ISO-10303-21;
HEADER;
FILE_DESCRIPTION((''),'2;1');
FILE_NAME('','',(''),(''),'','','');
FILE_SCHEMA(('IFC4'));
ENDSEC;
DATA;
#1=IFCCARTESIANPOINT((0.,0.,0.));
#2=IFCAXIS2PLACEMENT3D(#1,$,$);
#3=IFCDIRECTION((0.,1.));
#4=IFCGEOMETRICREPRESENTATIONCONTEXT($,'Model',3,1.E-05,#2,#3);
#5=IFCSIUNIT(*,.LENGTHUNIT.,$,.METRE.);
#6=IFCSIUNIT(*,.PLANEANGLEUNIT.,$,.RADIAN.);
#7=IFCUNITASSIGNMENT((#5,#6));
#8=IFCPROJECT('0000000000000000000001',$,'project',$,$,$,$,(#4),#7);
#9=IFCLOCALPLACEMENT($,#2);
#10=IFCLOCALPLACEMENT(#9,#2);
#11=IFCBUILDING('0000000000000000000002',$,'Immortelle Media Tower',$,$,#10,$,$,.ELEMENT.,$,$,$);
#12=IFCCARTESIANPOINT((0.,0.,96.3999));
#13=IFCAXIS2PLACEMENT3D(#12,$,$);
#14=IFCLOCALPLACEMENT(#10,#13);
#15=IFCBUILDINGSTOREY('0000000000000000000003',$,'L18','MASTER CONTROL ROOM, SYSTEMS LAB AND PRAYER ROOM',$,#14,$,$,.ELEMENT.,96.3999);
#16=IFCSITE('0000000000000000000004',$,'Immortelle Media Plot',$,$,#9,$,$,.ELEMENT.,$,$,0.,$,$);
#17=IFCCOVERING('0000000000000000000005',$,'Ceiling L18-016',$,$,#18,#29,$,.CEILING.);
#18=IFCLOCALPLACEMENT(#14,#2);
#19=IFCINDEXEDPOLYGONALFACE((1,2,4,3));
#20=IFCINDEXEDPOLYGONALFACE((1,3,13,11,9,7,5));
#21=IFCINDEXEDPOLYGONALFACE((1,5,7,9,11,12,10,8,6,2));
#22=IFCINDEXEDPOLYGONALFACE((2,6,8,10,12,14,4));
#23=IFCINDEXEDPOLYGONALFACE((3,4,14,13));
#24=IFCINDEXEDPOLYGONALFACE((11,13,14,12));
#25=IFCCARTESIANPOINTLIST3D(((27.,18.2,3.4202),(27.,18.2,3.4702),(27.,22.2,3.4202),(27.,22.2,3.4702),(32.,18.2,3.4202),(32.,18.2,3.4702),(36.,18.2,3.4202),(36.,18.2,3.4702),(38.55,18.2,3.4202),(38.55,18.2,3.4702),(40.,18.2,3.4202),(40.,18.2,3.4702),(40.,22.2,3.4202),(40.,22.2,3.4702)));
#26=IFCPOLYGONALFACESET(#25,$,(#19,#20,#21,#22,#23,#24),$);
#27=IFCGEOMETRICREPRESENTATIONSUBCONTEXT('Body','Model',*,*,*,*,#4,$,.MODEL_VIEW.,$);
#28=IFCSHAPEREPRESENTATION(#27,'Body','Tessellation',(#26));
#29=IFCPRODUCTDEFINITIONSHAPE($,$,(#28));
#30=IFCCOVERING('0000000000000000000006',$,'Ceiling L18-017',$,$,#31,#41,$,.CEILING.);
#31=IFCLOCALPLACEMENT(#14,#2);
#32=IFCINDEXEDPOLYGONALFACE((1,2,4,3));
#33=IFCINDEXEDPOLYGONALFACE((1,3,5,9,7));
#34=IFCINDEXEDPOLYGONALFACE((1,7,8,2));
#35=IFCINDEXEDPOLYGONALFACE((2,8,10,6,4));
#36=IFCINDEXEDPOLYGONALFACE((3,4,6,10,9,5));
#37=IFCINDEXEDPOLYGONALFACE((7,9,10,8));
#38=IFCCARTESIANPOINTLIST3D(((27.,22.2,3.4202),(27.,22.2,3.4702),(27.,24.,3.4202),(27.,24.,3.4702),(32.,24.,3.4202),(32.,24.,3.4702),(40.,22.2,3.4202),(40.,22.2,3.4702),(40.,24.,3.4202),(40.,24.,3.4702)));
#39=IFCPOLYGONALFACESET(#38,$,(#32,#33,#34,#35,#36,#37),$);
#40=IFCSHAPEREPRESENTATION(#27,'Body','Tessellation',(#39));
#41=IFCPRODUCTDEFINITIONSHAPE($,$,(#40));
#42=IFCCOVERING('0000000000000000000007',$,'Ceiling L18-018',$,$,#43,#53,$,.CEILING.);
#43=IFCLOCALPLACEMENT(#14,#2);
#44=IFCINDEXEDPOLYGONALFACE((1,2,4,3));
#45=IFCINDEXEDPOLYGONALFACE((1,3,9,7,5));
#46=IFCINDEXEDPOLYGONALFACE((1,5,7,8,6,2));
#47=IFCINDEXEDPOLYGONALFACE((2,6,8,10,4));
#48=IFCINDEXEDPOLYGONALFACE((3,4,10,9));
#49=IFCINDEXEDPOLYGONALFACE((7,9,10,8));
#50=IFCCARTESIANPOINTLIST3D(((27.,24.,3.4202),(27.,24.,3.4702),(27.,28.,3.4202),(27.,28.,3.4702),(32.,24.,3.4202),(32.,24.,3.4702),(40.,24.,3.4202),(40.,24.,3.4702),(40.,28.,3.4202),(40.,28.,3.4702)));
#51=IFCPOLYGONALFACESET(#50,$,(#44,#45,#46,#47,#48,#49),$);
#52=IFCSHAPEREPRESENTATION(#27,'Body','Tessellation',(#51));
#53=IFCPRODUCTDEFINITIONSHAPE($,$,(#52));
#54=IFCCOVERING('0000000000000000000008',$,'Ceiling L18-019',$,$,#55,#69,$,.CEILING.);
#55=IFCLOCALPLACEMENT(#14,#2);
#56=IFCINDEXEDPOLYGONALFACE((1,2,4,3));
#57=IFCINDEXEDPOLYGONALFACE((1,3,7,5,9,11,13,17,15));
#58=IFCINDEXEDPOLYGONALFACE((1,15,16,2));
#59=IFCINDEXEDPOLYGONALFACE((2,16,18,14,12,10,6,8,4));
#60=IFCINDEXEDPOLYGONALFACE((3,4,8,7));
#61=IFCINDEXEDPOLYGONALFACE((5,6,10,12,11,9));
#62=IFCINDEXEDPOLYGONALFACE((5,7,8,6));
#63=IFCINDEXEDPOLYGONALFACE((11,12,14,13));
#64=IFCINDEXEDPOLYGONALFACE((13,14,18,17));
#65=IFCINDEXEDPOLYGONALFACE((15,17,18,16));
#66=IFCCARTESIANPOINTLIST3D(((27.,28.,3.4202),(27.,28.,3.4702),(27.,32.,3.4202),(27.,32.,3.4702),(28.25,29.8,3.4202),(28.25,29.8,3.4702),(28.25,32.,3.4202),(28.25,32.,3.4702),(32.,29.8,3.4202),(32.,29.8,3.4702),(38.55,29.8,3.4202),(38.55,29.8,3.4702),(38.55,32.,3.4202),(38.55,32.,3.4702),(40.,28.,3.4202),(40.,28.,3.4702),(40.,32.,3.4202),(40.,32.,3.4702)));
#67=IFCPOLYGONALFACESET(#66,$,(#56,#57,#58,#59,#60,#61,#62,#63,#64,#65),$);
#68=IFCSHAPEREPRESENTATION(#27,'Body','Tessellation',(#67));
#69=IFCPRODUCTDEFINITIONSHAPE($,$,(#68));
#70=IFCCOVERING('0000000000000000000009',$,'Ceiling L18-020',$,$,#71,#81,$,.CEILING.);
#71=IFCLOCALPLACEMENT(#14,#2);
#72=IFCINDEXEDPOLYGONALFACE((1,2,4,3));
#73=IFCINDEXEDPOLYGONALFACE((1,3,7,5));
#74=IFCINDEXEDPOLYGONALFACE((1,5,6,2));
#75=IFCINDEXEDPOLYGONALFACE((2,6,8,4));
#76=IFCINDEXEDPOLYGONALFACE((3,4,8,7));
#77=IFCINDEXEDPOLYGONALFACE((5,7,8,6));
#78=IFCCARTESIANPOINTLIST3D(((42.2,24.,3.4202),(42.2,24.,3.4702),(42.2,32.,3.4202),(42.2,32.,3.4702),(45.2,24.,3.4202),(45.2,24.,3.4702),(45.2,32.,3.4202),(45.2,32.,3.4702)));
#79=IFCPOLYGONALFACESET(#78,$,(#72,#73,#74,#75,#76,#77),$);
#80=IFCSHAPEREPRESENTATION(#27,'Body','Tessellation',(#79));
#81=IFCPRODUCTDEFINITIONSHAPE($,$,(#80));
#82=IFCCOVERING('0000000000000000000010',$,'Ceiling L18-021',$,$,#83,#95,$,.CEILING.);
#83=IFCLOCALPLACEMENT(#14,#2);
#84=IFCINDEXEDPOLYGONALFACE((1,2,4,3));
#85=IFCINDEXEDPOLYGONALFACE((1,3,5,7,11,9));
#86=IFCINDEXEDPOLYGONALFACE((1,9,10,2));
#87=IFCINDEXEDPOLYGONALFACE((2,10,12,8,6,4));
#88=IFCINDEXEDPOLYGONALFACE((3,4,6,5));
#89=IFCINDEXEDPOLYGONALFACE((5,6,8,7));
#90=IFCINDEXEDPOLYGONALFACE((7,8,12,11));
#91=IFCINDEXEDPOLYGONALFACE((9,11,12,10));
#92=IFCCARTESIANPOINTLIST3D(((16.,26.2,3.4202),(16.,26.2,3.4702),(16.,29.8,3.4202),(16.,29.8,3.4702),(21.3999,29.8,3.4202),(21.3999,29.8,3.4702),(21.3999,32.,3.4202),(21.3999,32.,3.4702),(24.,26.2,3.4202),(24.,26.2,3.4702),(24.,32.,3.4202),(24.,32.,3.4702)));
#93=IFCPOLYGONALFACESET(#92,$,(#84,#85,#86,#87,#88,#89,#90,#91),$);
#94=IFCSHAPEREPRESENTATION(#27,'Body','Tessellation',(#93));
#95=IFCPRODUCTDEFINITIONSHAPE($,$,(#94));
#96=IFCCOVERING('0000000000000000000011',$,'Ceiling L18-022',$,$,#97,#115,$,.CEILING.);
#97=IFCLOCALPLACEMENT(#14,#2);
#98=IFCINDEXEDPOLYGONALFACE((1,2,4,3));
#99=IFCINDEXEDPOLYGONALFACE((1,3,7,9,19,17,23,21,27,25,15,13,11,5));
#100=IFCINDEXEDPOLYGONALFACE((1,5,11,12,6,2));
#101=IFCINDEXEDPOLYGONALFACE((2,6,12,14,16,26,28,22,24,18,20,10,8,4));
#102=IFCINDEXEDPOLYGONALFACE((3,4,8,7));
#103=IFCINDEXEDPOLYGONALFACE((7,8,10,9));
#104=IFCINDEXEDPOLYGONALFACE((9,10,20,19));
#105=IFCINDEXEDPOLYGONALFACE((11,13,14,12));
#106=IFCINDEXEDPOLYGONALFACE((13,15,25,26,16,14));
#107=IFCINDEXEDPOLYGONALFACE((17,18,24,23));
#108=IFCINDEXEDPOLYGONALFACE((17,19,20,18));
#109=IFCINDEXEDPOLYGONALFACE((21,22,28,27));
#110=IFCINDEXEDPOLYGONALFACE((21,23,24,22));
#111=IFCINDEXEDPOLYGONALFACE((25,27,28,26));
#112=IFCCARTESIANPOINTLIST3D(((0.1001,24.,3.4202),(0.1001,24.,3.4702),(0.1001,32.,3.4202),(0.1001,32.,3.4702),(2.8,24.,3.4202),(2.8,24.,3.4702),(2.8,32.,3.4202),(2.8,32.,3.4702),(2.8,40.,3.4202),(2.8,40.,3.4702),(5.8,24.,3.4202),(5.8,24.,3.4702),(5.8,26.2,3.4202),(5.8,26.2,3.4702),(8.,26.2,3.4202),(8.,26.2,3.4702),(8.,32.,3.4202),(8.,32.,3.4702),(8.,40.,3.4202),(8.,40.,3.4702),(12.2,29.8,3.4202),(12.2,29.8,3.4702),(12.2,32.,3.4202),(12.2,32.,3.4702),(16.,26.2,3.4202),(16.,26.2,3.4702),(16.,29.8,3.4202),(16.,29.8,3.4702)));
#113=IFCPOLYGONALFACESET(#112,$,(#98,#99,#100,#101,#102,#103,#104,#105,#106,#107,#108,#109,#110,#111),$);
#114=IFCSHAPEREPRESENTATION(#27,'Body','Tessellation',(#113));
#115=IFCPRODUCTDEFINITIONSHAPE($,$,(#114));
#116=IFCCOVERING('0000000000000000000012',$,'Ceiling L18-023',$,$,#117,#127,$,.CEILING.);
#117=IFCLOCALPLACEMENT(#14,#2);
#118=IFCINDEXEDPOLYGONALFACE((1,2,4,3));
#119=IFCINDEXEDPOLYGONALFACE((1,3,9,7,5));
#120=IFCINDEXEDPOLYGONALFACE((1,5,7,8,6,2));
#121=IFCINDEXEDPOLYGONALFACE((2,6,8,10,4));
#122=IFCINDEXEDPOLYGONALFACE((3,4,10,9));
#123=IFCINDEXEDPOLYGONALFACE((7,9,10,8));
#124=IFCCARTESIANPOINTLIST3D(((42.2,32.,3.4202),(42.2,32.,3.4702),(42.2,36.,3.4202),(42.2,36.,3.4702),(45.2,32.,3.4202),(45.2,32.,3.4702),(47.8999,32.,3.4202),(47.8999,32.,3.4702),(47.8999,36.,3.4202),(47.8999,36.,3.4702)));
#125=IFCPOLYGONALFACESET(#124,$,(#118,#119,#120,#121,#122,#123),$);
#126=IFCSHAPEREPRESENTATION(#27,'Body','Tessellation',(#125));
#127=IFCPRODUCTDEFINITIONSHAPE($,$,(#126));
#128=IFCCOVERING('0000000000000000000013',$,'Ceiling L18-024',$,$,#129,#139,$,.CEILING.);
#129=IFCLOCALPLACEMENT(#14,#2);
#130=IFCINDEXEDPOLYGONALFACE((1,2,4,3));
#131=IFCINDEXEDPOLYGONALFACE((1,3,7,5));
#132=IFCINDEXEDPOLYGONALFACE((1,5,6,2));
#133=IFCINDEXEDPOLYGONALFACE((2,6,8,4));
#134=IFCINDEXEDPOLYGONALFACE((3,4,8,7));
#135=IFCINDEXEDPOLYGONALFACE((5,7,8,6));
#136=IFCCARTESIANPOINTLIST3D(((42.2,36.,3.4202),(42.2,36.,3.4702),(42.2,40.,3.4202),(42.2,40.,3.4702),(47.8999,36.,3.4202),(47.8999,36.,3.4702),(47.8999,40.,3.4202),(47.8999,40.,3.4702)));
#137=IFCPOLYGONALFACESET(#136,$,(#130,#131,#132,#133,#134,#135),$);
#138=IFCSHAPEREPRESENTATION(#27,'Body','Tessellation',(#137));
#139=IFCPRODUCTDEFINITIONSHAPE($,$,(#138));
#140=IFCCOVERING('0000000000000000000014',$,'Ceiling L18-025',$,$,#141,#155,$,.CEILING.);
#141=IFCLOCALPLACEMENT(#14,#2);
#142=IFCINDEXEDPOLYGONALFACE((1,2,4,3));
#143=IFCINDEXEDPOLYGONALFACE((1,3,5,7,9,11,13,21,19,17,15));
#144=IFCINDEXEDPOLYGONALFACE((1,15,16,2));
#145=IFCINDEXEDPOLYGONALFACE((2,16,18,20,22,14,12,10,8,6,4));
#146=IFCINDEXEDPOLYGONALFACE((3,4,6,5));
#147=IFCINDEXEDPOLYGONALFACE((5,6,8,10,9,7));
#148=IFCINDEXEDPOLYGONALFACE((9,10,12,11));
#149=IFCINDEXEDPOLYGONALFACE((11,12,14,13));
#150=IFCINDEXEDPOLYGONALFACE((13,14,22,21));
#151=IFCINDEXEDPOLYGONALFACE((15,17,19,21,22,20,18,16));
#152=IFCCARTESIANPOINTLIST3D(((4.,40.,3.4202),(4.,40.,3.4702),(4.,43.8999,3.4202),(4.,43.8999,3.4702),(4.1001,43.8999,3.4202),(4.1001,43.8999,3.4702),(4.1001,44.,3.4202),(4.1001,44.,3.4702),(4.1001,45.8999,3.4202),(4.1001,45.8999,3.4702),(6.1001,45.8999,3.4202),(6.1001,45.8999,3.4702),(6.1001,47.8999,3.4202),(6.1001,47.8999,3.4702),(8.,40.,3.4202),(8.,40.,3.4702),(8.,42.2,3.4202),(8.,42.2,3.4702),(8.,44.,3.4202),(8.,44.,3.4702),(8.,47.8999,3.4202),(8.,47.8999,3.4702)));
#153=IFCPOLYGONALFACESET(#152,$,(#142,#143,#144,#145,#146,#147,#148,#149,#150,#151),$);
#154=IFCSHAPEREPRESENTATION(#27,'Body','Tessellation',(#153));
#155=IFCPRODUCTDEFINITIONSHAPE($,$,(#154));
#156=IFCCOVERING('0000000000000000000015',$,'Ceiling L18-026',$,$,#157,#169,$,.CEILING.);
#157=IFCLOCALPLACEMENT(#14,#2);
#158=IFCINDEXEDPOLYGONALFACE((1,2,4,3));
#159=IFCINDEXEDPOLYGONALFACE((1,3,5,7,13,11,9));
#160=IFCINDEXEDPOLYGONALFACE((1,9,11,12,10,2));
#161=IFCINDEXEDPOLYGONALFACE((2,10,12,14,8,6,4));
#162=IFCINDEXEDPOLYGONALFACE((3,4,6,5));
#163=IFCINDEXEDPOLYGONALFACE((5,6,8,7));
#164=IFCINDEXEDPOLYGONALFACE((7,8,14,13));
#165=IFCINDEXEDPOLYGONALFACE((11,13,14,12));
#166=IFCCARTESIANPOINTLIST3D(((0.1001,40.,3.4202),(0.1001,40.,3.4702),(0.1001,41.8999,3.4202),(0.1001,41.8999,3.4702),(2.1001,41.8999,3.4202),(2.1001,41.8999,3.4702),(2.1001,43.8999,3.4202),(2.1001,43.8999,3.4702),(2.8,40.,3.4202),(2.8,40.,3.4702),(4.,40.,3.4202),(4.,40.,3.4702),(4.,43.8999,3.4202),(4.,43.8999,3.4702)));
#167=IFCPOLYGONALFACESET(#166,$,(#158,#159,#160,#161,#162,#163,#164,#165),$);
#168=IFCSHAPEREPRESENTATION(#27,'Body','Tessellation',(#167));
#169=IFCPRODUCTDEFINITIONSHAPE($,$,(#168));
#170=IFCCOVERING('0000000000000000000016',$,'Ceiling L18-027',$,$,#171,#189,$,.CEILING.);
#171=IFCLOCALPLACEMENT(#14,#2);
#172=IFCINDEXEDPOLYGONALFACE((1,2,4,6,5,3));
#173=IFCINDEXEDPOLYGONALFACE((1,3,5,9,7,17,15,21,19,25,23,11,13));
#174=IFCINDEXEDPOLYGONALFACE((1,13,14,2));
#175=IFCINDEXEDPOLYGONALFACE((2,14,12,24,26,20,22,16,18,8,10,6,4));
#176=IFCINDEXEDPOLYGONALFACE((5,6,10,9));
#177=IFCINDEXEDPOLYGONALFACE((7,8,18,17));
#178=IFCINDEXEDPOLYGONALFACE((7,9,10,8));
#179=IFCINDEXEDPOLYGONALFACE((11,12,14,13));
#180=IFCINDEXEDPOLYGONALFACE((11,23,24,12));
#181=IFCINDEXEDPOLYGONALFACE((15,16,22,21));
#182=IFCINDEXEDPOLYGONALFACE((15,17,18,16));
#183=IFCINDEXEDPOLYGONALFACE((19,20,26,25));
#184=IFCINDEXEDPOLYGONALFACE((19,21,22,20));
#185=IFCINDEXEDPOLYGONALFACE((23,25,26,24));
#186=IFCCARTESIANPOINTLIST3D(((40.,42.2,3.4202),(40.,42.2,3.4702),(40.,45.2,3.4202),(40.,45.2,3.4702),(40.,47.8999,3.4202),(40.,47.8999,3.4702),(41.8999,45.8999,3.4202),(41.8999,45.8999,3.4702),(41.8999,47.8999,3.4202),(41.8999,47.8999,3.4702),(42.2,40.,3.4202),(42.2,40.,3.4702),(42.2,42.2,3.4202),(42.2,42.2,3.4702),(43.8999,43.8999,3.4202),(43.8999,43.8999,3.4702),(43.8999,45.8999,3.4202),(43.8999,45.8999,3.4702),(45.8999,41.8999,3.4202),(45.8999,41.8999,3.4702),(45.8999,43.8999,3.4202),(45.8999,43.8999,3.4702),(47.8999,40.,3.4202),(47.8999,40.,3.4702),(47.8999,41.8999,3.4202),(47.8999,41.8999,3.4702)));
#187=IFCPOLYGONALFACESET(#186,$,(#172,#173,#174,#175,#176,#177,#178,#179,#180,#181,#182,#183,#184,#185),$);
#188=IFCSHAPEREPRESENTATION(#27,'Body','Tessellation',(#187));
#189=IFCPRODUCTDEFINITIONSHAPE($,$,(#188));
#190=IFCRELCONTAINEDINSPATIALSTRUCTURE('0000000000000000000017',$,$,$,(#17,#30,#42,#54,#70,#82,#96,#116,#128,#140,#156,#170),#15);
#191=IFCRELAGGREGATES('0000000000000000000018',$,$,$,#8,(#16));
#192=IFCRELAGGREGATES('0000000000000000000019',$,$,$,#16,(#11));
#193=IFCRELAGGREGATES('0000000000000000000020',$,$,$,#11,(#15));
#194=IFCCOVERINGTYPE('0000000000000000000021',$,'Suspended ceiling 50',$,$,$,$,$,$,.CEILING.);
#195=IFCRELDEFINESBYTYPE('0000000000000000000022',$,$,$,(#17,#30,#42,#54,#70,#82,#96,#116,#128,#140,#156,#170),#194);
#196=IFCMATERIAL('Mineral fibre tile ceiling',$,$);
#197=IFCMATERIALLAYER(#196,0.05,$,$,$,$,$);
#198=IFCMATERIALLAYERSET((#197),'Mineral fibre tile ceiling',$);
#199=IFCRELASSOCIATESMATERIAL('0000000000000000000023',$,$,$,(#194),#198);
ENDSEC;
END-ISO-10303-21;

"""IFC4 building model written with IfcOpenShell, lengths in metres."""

from ifc_helpers import new_model, si_unit, direction, frame, origin, place, context, subcontext, project, spatial, polyline, outline, extrude, material, layer, layer_set, type_object, element, save


model = new_model("IFC4")

# Units and contexts
model_context = context("Model", 3, precision=1e-05, world=origin(), true_north=direction((0.0, 1.0)))
body_context = subcontext(model_context, "Body", "Model", "MODEL_VIEW")
ifc_project = project(units=[si_unit("LENGTHUNIT", "METRE"), si_unit("PLANEANGLEUNIT", "RADIAN")], contexts=[model_context])

# Site, building, storey
site_placement = place(None, origin())
site = spatial("IfcSite", under=ifc_project, at=site_placement, Name="Immortelle Media Plot", CompositionType="ELEMENT", RefElevation=0.0)
building_placement = place(site_placement, origin())
building = spatial("IfcBuilding", under=site, at=building_placement, Name="Immortelle Media Tower", CompositionType="ELEMENT")
storey_placement = place(building_placement, frame((0.0, 0.0, 96.3999)))
storey = spatial("IfcBuildingStorey", under=building, at=storey_placement, Name="L18", Description="MASTER CONTROL ROOM, SYSTEMS LAB AND PRAYER ROOM", CompositionType="ELEMENT", Elevation=96.3999)

# Coverings
ifc_material_1 = material(Name="Mineral fibre tile ceiling")
ifc_layer_1 = layer(ifc_material_1, 0.05)
ifc_layer_set_1 = layer_set([ifc_layer_1], Name="Mineral fibre tile ceiling")
covering_type = type_object("IfcCoveringType", Name="Suspended ceiling 50", PredefinedType="CEILING", material=ifc_layer_set_1)
covering_1_placement = place(storey_placement, frame((0.0, 0.0, 3.4202)))
element("IfcCovering", 1, at=covering_1_placement, inside=storey, type_object=covering_type, Name="Ceiling L18-016", PredefinedType="CEILING", context=body_context, shape_type="SweptSolid", body=[
    extrude(outline(polyline([(27.0, 22.2), (40.0, 22.2), (40.0, 18.2), (38.55, 18.2), (36.0, 18.2), (32.0, 18.2), (27.0, 18.2), (27.0, 22.2)])), origin(), (0.0, 0.0, 1.0), 0.05),
])
covering_2_placement = place(storey_placement, frame((0.0, 0.0, 3.4202)))
element("IfcCovering", 2, at=covering_2_placement, inside=storey, type_object=covering_type, Name="Ceiling L18-017", PredefinedType="CEILING", context=body_context, shape_type="SweptSolid", body=[
    extrude(outline(polyline([(27.0, 24.0), (32.0, 24.0), (40.0, 24.0), (40.0, 22.2), (27.0, 22.2), (27.0, 24.0)])), origin(), (0.0, 0.0, 1.0), 0.05),
])
covering_3_placement = place(storey_placement, frame((0.0, 0.0, 3.4202)))
element("IfcCovering", 3, at=covering_3_placement, inside=storey, type_object=covering_type, Name="Ceiling L18-018", PredefinedType="CEILING", context=body_context, shape_type="SweptSolid", body=[
    extrude(outline(polyline([(40.0, 24.0), (32.0, 24.0), (27.0, 24.0), (27.0, 28.0), (40.0, 28.0), (40.0, 24.0)])), origin(), (0.0, 0.0, 1.0), 0.05),
])
covering_4_placement = place(storey_placement, frame((0.0, 0.0, 3.4202)))
element("IfcCovering", 4, at=covering_4_placement, inside=storey, type_object=covering_type, Name="Ceiling L18-019", PredefinedType="CEILING", context=body_context, shape_type="SweptSolid", body=[
    extrude(outline(polyline([(28.25, 32.0), (28.25, 29.8), (32.0, 29.8), (38.55, 29.8), (38.55, 32.0), (40.0, 32.0), (40.0, 28.0), (27.0, 28.0), (27.0, 32.0), (28.25, 32.0)])), origin(), (0.0, 0.0, 1.0), 0.05),
])
covering_5_placement = place(storey_placement, frame((0.0, 0.0, 3.4202)))
element("IfcCovering", 5, at=covering_5_placement, inside=storey, type_object=covering_type, Name="Ceiling L18-020", PredefinedType="CEILING", context=body_context, shape_type="SweptSolid", body=[
    extrude(outline(polyline([(45.2, 24.0), (42.2, 24.0), (42.2, 32.0), (45.2, 32.0), (45.2, 24.0)])), origin(), (0.0, 0.0, 1.0), 0.05),
])
covering_6_placement = place(storey_placement, frame((0.0, 0.0, 3.4202)))
element("IfcCovering", 6, at=covering_6_placement, inside=storey, type_object=covering_type, Name="Ceiling L18-021", PredefinedType="CEILING", context=body_context, shape_type="SweptSolid", body=[
    extrude(outline(polyline([(16.0, 26.2), (16.0, 29.8), (21.3999, 29.8), (21.3999, 32.0), (24.0, 32.0), (24.0, 26.2), (16.0, 26.2)])), origin(), (0.0, 0.0, 1.0), 0.05),
])
covering_7_placement = place(storey_placement, frame((0.0, 0.0, 3.4202)))
element("IfcCovering", 7, at=covering_7_placement, inside=storey, type_object=covering_type, Name="Ceiling L18-022", PredefinedType="CEILING", context=body_context, shape_type="SweptSolid", body=[
    extrude(outline(polyline([(12.2, 32.0), (12.2, 29.8), (16.0, 29.8), (16.0, 26.2), (8.0, 26.2), (5.8, 26.2), (5.8, 24.0), (2.8, 24.0), (0.1001, 24.0), (0.1001, 32.0), (2.8, 32.0), (2.8, 40.0), (8.0, 40.0), (8.0, 32.0), (12.2, 32.0)])), origin(), (0.0, 0.0, 1.0), 0.05),
])
covering_8_placement = place(storey_placement, frame((0.0, 0.0, 3.4202)))
element("IfcCovering", 8, at=covering_8_placement, inside=storey, type_object=covering_type, Name="Ceiling L18-023", PredefinedType="CEILING", context=body_context, shape_type="SweptSolid", body=[
    extrude(outline(polyline([(42.2, 32.0), (42.2, 36.0), (47.8999, 36.0), (47.8999, 32.0), (45.2, 32.0), (42.2, 32.0)])), origin(), (0.0, 0.0, 1.0), 0.05),
])
covering_9_placement = place(storey_placement, frame((0.0, 0.0, 3.4202)))
element("IfcCovering", 9, at=covering_9_placement, inside=storey, type_object=covering_type, Name="Ceiling L18-024", PredefinedType="CEILING", context=body_context, shape_type="SweptSolid", body=[
    extrude(outline(polyline([(42.2, 40.0), (47.8999, 40.0), (47.8999, 36.0), (42.2, 36.0), (42.2, 40.0)])), origin(), (0.0, 0.0, 1.0), 0.05),
])
covering_10_placement = place(storey_placement, frame((0.0, 0.0, 3.4202)))
element("IfcCovering", 10, at=covering_10_placement, inside=storey, type_object=covering_type, Name="Ceiling L18-025", PredefinedType="CEILING", context=body_context, shape_type="SweptSolid", body=[
    extrude(outline(polyline([(4.1001, 43.8999), (4.1001, 44.0), (4.1001, 45.8999), (6.1001, 45.8999), (6.1001, 47.8999), (8.0, 47.8999), (8.0, 44.0), (8.0, 42.2), (8.0, 40.0), (4.0, 40.0), (4.0, 43.8999), (4.1001, 43.8999)])), origin(), (0.0, 0.0, 1.0), 0.05),
])
covering_11_placement = place(storey_placement, frame((0.0, 0.0, 3.4202)))
element("IfcCovering", 11, at=covering_11_placement, inside=storey, type_object=covering_type, Name="Ceiling L18-026", PredefinedType="CEILING", context=body_context, shape_type="SweptSolid", body=[
    extrude(outline(polyline([(2.1001, 41.8999), (2.1001, 43.8999), (4.0, 43.8999), (4.0, 40.0), (2.8, 40.0), (0.1001, 40.0), (0.1001, 41.8999), (2.1001, 41.8999)])), origin(), (0.0, 0.0, 1.0), 0.05),
])
covering_12_placement = place(storey_placement, frame((0.0, 0.0, 3.4202)))
element("IfcCovering", 12, at=covering_12_placement, inside=storey, type_object=covering_type, Name="Ceiling L18-027", PredefinedType="CEILING", context=body_context, shape_type="SweptSolid", body=[
    extrude(outline(polyline([(42.2, 40.0), (42.2, 42.2), (40.0, 42.2), (40.0, 45.2), (40.0, 47.8999), (41.8999, 47.8999), (41.8999, 45.8999), (43.8999, 45.8999), (43.8999, 43.8999), (45.8999, 43.8999), (45.8999, 41.8999), (47.8999, 41.8999), (47.8999, 40.0), (42.2, 40.0)])), origin(), (0.0, 0.0, 1.0), 0.05),
])

save(model, "model.ifc")
